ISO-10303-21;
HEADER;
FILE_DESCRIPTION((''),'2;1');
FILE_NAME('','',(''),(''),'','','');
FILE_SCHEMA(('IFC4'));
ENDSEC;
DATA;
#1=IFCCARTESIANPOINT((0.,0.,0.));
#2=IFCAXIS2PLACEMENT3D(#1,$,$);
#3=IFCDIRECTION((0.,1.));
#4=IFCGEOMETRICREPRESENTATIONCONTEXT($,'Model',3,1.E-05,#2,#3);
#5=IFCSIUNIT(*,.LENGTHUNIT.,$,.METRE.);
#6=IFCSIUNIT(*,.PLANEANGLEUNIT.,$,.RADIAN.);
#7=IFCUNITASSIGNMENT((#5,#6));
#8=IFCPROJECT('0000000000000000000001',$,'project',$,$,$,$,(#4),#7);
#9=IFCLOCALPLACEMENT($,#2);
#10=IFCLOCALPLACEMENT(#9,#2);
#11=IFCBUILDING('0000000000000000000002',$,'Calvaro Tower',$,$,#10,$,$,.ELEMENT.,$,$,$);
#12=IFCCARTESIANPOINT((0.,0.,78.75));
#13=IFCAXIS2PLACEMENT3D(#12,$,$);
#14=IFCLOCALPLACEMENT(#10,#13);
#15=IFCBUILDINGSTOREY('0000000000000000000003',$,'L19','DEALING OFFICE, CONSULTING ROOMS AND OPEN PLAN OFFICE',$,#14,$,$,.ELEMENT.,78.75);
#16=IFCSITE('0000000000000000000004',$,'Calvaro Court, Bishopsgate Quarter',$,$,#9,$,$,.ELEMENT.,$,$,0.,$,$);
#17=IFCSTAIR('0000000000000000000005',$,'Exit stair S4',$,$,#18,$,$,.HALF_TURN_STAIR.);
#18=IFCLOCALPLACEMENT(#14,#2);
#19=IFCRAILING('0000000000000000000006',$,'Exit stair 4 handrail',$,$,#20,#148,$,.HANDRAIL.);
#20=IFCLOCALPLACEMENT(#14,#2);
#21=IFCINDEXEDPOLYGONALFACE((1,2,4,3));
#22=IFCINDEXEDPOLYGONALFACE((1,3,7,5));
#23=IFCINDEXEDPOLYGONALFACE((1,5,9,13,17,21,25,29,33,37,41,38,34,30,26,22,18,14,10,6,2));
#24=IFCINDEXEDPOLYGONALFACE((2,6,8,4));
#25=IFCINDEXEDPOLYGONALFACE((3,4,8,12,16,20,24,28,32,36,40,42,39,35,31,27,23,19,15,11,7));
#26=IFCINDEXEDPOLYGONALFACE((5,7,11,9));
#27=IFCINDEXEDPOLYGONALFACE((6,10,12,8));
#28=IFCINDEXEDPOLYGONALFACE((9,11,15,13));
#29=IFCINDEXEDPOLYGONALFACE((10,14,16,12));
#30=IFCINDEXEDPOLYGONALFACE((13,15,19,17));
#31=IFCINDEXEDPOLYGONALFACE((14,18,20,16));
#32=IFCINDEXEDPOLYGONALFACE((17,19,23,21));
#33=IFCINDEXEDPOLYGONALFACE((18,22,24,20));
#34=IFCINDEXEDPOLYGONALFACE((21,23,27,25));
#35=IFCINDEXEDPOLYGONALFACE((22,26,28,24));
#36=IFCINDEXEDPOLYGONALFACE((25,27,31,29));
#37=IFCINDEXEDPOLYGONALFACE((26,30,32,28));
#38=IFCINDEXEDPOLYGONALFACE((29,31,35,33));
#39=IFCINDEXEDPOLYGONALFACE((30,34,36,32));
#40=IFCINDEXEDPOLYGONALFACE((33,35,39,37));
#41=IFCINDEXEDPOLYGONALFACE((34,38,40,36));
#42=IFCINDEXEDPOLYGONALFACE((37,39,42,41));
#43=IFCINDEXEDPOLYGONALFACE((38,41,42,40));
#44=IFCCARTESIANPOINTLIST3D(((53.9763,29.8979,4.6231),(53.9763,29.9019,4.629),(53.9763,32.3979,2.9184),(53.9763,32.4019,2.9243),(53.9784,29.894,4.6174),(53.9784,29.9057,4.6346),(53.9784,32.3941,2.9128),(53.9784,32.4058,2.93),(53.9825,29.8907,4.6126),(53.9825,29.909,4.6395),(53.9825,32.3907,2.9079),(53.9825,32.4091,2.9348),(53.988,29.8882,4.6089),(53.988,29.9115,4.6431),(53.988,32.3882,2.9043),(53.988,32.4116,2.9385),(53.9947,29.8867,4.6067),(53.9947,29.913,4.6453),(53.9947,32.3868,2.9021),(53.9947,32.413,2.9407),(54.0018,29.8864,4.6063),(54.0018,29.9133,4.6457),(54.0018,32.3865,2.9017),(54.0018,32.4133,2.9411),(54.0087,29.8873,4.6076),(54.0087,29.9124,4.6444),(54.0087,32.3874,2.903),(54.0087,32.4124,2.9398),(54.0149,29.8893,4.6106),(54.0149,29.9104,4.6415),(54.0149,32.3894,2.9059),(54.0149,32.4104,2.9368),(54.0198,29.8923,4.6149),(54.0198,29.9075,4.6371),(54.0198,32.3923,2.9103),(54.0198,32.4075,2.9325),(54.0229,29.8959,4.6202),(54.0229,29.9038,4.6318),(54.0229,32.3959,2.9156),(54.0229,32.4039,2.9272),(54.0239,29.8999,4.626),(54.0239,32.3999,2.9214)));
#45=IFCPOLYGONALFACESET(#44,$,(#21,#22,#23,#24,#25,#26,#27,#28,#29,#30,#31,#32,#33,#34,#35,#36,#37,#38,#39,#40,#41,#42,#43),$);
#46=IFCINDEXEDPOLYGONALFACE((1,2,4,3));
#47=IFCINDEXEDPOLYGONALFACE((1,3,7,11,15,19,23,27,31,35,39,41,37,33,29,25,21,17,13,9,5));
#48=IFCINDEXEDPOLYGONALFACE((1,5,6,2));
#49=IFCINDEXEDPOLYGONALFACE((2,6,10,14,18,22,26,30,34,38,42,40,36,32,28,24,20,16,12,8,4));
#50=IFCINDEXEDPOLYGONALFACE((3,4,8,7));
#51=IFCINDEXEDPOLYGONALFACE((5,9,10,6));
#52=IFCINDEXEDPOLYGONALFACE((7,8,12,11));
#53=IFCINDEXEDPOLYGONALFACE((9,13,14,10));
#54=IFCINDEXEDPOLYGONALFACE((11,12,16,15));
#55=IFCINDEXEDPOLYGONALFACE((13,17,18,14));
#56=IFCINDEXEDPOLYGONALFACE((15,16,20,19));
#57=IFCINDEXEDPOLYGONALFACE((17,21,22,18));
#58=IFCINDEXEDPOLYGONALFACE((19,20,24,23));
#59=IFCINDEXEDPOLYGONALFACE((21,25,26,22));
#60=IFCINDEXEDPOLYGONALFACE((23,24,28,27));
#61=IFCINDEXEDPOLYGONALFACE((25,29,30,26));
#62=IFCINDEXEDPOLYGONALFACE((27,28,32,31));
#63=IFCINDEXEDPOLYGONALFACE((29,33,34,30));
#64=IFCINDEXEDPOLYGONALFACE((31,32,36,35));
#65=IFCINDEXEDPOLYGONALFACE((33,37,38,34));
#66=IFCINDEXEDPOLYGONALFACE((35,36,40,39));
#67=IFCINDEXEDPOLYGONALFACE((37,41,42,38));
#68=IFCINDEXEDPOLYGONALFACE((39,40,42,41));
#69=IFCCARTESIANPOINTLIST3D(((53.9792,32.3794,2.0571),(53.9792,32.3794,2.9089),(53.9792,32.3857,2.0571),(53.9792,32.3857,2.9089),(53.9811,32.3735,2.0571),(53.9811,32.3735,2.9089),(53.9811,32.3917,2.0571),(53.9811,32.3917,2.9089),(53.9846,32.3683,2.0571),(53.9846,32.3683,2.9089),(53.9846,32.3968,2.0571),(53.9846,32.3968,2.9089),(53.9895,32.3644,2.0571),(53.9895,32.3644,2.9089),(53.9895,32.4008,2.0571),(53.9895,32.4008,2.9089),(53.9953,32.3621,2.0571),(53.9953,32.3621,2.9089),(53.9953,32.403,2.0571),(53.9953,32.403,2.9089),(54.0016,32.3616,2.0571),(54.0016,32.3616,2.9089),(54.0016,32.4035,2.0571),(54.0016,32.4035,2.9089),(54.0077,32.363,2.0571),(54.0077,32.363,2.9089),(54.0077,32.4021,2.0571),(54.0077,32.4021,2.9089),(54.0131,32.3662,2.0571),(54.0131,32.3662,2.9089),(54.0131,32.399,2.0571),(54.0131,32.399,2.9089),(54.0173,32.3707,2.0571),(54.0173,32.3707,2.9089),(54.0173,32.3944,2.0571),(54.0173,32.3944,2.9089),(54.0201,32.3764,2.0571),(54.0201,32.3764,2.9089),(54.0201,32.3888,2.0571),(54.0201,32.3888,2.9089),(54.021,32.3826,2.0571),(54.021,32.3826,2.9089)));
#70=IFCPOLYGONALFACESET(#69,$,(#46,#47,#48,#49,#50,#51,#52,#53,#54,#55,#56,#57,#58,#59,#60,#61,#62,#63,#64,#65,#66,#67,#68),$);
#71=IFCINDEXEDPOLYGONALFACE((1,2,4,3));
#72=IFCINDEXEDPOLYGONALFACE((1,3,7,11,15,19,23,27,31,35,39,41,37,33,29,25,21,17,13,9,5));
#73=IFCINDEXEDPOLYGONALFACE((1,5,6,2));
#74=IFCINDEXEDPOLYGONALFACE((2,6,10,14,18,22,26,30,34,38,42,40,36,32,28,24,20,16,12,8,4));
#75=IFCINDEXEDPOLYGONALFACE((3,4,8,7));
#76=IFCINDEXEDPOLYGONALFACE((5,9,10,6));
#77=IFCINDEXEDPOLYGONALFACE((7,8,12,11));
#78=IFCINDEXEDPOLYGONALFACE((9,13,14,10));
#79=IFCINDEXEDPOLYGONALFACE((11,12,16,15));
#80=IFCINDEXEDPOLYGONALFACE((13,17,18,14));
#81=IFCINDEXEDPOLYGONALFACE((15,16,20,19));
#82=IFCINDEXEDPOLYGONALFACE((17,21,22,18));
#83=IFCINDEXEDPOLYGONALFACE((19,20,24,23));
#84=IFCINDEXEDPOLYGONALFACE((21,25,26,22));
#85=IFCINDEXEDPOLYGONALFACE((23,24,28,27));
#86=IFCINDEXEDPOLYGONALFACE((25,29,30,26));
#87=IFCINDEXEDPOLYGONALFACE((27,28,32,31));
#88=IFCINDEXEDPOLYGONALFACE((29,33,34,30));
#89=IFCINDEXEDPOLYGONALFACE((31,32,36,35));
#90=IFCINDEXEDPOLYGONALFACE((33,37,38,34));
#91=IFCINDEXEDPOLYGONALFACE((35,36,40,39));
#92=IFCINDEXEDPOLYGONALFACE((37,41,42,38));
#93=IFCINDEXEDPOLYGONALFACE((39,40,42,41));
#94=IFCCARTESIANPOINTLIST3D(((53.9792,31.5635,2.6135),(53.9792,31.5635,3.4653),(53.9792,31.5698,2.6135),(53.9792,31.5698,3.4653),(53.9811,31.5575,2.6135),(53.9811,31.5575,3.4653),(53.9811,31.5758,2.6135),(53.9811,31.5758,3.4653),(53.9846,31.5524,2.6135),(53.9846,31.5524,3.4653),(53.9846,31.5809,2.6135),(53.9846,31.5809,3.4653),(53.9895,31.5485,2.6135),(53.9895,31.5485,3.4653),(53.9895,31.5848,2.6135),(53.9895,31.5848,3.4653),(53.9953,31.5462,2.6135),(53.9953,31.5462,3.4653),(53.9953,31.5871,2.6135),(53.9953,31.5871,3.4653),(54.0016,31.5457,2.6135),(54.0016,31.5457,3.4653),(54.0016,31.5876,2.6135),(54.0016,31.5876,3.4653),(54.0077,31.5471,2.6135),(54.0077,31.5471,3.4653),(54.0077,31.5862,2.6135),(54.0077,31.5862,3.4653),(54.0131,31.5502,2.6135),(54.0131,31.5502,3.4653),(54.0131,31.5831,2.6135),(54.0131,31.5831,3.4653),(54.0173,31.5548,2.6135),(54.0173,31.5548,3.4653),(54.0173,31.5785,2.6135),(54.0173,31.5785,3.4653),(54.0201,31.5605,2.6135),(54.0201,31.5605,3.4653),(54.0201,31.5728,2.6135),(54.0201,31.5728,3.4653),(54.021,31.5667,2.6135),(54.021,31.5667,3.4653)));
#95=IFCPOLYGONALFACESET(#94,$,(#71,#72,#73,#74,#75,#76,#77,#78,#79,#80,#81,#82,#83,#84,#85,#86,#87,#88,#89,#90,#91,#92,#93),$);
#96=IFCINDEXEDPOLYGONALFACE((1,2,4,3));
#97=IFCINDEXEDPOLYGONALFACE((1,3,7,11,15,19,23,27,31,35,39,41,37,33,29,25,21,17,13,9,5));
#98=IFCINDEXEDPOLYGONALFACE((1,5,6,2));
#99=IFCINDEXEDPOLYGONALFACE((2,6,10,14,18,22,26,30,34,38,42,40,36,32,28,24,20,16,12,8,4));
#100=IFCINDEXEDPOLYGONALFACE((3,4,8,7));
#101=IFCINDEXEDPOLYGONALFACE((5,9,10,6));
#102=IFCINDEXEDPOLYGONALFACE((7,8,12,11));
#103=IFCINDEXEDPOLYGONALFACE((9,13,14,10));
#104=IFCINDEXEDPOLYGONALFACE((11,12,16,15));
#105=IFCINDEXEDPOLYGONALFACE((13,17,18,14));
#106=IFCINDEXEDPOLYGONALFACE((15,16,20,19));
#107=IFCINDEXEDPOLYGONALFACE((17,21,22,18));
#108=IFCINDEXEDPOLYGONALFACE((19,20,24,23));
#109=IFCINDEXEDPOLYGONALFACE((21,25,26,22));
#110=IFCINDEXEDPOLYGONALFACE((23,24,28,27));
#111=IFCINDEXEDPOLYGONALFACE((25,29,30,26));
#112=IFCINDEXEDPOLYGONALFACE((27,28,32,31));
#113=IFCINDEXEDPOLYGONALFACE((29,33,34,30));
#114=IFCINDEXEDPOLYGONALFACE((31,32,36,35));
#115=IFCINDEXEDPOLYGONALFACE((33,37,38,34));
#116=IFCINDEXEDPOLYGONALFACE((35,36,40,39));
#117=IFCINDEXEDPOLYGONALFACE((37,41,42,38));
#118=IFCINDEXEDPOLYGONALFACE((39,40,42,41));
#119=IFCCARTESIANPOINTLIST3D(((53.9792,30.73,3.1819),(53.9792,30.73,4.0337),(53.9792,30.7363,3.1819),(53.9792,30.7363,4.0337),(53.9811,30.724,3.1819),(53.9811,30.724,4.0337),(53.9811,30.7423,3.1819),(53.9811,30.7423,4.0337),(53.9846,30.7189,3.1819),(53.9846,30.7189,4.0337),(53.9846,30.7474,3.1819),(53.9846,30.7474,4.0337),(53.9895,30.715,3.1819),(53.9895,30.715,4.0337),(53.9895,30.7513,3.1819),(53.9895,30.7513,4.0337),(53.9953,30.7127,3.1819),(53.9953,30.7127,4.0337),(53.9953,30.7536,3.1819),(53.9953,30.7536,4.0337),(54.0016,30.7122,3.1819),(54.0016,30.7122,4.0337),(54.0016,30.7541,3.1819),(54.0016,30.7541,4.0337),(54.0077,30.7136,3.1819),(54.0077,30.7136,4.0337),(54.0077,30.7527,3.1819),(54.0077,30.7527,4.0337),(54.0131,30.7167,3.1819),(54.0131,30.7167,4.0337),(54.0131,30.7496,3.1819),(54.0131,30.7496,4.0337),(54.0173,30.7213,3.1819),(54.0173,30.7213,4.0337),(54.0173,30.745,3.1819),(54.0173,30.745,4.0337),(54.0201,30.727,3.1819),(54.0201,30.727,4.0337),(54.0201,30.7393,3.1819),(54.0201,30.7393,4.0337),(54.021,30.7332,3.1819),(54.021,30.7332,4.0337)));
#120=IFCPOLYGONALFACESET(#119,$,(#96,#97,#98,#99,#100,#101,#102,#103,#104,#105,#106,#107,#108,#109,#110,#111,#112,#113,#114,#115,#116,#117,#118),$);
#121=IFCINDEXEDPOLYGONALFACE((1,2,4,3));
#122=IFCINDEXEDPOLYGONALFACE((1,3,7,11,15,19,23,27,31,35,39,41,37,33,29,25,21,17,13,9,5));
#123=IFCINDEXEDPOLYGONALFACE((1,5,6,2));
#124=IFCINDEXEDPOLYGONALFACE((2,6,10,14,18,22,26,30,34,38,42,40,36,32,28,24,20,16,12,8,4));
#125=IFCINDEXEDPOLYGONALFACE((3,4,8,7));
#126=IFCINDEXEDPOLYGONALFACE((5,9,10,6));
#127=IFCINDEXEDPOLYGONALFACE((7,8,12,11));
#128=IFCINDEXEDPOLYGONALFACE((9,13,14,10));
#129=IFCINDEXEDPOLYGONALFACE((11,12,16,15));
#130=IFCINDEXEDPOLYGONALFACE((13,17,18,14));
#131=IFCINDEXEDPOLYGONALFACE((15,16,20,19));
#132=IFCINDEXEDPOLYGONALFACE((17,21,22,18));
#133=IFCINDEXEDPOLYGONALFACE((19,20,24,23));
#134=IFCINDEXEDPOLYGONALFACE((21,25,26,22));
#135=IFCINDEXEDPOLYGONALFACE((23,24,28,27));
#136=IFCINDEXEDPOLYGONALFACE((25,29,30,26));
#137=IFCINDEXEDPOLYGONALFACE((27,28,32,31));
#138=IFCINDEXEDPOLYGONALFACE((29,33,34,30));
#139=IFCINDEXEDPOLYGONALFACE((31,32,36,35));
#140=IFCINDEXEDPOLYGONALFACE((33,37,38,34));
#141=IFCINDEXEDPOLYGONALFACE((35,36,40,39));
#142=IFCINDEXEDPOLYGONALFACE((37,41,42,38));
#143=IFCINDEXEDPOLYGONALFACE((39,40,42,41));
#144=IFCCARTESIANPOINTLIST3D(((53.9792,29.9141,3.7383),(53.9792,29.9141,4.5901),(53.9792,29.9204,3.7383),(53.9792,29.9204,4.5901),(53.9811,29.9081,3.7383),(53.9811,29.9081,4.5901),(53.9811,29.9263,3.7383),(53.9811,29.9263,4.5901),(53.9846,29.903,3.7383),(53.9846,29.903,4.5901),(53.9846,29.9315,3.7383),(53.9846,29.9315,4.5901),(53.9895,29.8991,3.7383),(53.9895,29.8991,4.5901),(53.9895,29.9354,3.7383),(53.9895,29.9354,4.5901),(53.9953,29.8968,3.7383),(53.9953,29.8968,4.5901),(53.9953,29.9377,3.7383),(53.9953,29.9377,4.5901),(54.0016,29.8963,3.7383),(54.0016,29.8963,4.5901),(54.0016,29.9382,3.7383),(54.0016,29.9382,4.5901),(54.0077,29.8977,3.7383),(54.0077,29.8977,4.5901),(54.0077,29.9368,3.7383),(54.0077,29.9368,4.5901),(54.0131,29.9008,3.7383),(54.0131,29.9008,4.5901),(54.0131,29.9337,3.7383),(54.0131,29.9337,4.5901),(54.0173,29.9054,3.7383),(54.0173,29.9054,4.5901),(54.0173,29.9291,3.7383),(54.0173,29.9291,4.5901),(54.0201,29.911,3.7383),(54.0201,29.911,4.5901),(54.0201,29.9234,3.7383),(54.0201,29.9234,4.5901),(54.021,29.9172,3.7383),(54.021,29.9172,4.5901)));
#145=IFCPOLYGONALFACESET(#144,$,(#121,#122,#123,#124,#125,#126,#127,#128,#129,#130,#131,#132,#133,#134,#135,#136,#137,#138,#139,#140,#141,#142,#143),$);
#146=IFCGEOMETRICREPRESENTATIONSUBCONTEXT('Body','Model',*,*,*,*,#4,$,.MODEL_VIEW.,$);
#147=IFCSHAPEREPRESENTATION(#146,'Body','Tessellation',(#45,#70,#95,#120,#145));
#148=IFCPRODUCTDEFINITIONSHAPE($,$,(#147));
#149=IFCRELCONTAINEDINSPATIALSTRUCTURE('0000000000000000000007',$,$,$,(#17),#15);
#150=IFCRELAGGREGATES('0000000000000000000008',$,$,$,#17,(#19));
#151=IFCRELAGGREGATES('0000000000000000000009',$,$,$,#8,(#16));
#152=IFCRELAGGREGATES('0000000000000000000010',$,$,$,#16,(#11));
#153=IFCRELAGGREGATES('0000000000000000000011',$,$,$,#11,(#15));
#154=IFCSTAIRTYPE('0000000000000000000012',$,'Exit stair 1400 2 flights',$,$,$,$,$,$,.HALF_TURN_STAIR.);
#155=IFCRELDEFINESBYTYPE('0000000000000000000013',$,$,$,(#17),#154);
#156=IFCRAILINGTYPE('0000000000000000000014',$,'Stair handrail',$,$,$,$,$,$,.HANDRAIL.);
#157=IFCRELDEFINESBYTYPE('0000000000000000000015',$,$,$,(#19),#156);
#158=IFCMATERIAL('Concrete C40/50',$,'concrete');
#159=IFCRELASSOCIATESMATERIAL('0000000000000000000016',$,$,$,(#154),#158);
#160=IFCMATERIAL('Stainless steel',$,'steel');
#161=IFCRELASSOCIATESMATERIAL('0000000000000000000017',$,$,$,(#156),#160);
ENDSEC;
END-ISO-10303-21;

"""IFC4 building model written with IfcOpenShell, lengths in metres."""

from ifc_helpers import new_model, si_unit, direction, frame, origin, origin_2d, place, context, subcontext, project, spatial, circle, extrude, material, type_object, element, aggregate, save


model = new_model("IFC4")

# Units and contexts
model_context = context("Model", 3, precision=1e-05, world=origin(), true_north=direction((0.0, 1.0)))
body_context = subcontext(model_context, "Body", "Model", "MODEL_VIEW")
ifc_project = project(units=[si_unit("LENGTHUNIT", "METRE"), si_unit("PLANEANGLEUNIT", "RADIAN")], contexts=[model_context])

# Site, building, storey
site_placement = place(None, origin())
site = spatial("IfcSite", under=ifc_project, at=site_placement, Name="Calvaro Court, Bishopsgate Quarter", CompositionType="ELEMENT", RefElevation=0.0)
building_placement = place(site_placement, origin())
building = spatial("IfcBuilding", under=site, at=building_placement, Name="Calvaro Tower", CompositionType="ELEMENT")
storey_placement = place(building_placement, frame((0.0, 0.0, 78.75)))
storey = spatial("IfcBuildingStorey", under=building, at=storey_placement, Name="L19", Description="DEALING OFFICE, CONSULTING ROOMS AND OPEN PLAN OFFICE", CompositionType="ELEMENT", Elevation=78.75)

# Shared definitions
ifc_material_1 = material(Name="Concrete C40/50", Category="concrete")
stair_type = type_object("IfcStairType", Name="Exit stair 1400 2 flights", PredefinedType="HALF_TURN_STAIR", material=ifc_material_1)

# Stair, railing
stair_1_placement = place(storey_placement, origin())
stair_1 = element("IfcStair", 1, at=stair_1_placement, inside=storey, type_object=stair_type, Name="Exit stair S4", PredefinedType="HALF_TURN_STAIR")
ifc_material_2 = material(Name="Stainless steel", Category="steel")
railing_type = type_object("IfcRailingType", Name="Stair handrail", PredefinedType="HANDRAIL", material=ifc_material_2)
railing_1_placement = place(storey_placement, frame((54.0, 32.3999, 2.0454)))
railing_1 = element("IfcRailing", 2, at=railing_1_placement, type_object=railing_type, Name="Exit stair 4 handrail", PredefinedType="HANDRAIL", context=body_context, shape_type="SweptSolid", body=[
    extrude(circle(Radius=0.0239, at=origin_2d()), frame((0.0, 0.0, 0.876), z_axis=(0.0, -0.826221, 0.563347), x_axis=(1.0, 0.0, 0.0)), (0.0, 0.0, 1.0), 3.0259),
    extrude(circle(Radius=0.021, at=origin_2d()), frame((0.0, -0.0173, 0.0117)), (0.0, 0.0, 1.0), 0.8518),
    extrude(circle(Radius=0.021, at=origin_2d()), frame((0.0, -0.8333, 0.5681)), (0.0, 0.0, 1.0), 0.8518),
    extrude(circle(Radius=0.021, at=origin_2d()), frame((0.0, -1.6667, 1.1365)), (0.0, 0.0, 1.0), 0.8518),
    extrude(circle(Radius=0.021, at=origin_2d()), frame((0.0, -2.4827, 1.6929)), (0.0, 0.0, 1.0), 0.8518),
])
aggregate(stair_1, [railing_1])

save(model, "model.ifc")
